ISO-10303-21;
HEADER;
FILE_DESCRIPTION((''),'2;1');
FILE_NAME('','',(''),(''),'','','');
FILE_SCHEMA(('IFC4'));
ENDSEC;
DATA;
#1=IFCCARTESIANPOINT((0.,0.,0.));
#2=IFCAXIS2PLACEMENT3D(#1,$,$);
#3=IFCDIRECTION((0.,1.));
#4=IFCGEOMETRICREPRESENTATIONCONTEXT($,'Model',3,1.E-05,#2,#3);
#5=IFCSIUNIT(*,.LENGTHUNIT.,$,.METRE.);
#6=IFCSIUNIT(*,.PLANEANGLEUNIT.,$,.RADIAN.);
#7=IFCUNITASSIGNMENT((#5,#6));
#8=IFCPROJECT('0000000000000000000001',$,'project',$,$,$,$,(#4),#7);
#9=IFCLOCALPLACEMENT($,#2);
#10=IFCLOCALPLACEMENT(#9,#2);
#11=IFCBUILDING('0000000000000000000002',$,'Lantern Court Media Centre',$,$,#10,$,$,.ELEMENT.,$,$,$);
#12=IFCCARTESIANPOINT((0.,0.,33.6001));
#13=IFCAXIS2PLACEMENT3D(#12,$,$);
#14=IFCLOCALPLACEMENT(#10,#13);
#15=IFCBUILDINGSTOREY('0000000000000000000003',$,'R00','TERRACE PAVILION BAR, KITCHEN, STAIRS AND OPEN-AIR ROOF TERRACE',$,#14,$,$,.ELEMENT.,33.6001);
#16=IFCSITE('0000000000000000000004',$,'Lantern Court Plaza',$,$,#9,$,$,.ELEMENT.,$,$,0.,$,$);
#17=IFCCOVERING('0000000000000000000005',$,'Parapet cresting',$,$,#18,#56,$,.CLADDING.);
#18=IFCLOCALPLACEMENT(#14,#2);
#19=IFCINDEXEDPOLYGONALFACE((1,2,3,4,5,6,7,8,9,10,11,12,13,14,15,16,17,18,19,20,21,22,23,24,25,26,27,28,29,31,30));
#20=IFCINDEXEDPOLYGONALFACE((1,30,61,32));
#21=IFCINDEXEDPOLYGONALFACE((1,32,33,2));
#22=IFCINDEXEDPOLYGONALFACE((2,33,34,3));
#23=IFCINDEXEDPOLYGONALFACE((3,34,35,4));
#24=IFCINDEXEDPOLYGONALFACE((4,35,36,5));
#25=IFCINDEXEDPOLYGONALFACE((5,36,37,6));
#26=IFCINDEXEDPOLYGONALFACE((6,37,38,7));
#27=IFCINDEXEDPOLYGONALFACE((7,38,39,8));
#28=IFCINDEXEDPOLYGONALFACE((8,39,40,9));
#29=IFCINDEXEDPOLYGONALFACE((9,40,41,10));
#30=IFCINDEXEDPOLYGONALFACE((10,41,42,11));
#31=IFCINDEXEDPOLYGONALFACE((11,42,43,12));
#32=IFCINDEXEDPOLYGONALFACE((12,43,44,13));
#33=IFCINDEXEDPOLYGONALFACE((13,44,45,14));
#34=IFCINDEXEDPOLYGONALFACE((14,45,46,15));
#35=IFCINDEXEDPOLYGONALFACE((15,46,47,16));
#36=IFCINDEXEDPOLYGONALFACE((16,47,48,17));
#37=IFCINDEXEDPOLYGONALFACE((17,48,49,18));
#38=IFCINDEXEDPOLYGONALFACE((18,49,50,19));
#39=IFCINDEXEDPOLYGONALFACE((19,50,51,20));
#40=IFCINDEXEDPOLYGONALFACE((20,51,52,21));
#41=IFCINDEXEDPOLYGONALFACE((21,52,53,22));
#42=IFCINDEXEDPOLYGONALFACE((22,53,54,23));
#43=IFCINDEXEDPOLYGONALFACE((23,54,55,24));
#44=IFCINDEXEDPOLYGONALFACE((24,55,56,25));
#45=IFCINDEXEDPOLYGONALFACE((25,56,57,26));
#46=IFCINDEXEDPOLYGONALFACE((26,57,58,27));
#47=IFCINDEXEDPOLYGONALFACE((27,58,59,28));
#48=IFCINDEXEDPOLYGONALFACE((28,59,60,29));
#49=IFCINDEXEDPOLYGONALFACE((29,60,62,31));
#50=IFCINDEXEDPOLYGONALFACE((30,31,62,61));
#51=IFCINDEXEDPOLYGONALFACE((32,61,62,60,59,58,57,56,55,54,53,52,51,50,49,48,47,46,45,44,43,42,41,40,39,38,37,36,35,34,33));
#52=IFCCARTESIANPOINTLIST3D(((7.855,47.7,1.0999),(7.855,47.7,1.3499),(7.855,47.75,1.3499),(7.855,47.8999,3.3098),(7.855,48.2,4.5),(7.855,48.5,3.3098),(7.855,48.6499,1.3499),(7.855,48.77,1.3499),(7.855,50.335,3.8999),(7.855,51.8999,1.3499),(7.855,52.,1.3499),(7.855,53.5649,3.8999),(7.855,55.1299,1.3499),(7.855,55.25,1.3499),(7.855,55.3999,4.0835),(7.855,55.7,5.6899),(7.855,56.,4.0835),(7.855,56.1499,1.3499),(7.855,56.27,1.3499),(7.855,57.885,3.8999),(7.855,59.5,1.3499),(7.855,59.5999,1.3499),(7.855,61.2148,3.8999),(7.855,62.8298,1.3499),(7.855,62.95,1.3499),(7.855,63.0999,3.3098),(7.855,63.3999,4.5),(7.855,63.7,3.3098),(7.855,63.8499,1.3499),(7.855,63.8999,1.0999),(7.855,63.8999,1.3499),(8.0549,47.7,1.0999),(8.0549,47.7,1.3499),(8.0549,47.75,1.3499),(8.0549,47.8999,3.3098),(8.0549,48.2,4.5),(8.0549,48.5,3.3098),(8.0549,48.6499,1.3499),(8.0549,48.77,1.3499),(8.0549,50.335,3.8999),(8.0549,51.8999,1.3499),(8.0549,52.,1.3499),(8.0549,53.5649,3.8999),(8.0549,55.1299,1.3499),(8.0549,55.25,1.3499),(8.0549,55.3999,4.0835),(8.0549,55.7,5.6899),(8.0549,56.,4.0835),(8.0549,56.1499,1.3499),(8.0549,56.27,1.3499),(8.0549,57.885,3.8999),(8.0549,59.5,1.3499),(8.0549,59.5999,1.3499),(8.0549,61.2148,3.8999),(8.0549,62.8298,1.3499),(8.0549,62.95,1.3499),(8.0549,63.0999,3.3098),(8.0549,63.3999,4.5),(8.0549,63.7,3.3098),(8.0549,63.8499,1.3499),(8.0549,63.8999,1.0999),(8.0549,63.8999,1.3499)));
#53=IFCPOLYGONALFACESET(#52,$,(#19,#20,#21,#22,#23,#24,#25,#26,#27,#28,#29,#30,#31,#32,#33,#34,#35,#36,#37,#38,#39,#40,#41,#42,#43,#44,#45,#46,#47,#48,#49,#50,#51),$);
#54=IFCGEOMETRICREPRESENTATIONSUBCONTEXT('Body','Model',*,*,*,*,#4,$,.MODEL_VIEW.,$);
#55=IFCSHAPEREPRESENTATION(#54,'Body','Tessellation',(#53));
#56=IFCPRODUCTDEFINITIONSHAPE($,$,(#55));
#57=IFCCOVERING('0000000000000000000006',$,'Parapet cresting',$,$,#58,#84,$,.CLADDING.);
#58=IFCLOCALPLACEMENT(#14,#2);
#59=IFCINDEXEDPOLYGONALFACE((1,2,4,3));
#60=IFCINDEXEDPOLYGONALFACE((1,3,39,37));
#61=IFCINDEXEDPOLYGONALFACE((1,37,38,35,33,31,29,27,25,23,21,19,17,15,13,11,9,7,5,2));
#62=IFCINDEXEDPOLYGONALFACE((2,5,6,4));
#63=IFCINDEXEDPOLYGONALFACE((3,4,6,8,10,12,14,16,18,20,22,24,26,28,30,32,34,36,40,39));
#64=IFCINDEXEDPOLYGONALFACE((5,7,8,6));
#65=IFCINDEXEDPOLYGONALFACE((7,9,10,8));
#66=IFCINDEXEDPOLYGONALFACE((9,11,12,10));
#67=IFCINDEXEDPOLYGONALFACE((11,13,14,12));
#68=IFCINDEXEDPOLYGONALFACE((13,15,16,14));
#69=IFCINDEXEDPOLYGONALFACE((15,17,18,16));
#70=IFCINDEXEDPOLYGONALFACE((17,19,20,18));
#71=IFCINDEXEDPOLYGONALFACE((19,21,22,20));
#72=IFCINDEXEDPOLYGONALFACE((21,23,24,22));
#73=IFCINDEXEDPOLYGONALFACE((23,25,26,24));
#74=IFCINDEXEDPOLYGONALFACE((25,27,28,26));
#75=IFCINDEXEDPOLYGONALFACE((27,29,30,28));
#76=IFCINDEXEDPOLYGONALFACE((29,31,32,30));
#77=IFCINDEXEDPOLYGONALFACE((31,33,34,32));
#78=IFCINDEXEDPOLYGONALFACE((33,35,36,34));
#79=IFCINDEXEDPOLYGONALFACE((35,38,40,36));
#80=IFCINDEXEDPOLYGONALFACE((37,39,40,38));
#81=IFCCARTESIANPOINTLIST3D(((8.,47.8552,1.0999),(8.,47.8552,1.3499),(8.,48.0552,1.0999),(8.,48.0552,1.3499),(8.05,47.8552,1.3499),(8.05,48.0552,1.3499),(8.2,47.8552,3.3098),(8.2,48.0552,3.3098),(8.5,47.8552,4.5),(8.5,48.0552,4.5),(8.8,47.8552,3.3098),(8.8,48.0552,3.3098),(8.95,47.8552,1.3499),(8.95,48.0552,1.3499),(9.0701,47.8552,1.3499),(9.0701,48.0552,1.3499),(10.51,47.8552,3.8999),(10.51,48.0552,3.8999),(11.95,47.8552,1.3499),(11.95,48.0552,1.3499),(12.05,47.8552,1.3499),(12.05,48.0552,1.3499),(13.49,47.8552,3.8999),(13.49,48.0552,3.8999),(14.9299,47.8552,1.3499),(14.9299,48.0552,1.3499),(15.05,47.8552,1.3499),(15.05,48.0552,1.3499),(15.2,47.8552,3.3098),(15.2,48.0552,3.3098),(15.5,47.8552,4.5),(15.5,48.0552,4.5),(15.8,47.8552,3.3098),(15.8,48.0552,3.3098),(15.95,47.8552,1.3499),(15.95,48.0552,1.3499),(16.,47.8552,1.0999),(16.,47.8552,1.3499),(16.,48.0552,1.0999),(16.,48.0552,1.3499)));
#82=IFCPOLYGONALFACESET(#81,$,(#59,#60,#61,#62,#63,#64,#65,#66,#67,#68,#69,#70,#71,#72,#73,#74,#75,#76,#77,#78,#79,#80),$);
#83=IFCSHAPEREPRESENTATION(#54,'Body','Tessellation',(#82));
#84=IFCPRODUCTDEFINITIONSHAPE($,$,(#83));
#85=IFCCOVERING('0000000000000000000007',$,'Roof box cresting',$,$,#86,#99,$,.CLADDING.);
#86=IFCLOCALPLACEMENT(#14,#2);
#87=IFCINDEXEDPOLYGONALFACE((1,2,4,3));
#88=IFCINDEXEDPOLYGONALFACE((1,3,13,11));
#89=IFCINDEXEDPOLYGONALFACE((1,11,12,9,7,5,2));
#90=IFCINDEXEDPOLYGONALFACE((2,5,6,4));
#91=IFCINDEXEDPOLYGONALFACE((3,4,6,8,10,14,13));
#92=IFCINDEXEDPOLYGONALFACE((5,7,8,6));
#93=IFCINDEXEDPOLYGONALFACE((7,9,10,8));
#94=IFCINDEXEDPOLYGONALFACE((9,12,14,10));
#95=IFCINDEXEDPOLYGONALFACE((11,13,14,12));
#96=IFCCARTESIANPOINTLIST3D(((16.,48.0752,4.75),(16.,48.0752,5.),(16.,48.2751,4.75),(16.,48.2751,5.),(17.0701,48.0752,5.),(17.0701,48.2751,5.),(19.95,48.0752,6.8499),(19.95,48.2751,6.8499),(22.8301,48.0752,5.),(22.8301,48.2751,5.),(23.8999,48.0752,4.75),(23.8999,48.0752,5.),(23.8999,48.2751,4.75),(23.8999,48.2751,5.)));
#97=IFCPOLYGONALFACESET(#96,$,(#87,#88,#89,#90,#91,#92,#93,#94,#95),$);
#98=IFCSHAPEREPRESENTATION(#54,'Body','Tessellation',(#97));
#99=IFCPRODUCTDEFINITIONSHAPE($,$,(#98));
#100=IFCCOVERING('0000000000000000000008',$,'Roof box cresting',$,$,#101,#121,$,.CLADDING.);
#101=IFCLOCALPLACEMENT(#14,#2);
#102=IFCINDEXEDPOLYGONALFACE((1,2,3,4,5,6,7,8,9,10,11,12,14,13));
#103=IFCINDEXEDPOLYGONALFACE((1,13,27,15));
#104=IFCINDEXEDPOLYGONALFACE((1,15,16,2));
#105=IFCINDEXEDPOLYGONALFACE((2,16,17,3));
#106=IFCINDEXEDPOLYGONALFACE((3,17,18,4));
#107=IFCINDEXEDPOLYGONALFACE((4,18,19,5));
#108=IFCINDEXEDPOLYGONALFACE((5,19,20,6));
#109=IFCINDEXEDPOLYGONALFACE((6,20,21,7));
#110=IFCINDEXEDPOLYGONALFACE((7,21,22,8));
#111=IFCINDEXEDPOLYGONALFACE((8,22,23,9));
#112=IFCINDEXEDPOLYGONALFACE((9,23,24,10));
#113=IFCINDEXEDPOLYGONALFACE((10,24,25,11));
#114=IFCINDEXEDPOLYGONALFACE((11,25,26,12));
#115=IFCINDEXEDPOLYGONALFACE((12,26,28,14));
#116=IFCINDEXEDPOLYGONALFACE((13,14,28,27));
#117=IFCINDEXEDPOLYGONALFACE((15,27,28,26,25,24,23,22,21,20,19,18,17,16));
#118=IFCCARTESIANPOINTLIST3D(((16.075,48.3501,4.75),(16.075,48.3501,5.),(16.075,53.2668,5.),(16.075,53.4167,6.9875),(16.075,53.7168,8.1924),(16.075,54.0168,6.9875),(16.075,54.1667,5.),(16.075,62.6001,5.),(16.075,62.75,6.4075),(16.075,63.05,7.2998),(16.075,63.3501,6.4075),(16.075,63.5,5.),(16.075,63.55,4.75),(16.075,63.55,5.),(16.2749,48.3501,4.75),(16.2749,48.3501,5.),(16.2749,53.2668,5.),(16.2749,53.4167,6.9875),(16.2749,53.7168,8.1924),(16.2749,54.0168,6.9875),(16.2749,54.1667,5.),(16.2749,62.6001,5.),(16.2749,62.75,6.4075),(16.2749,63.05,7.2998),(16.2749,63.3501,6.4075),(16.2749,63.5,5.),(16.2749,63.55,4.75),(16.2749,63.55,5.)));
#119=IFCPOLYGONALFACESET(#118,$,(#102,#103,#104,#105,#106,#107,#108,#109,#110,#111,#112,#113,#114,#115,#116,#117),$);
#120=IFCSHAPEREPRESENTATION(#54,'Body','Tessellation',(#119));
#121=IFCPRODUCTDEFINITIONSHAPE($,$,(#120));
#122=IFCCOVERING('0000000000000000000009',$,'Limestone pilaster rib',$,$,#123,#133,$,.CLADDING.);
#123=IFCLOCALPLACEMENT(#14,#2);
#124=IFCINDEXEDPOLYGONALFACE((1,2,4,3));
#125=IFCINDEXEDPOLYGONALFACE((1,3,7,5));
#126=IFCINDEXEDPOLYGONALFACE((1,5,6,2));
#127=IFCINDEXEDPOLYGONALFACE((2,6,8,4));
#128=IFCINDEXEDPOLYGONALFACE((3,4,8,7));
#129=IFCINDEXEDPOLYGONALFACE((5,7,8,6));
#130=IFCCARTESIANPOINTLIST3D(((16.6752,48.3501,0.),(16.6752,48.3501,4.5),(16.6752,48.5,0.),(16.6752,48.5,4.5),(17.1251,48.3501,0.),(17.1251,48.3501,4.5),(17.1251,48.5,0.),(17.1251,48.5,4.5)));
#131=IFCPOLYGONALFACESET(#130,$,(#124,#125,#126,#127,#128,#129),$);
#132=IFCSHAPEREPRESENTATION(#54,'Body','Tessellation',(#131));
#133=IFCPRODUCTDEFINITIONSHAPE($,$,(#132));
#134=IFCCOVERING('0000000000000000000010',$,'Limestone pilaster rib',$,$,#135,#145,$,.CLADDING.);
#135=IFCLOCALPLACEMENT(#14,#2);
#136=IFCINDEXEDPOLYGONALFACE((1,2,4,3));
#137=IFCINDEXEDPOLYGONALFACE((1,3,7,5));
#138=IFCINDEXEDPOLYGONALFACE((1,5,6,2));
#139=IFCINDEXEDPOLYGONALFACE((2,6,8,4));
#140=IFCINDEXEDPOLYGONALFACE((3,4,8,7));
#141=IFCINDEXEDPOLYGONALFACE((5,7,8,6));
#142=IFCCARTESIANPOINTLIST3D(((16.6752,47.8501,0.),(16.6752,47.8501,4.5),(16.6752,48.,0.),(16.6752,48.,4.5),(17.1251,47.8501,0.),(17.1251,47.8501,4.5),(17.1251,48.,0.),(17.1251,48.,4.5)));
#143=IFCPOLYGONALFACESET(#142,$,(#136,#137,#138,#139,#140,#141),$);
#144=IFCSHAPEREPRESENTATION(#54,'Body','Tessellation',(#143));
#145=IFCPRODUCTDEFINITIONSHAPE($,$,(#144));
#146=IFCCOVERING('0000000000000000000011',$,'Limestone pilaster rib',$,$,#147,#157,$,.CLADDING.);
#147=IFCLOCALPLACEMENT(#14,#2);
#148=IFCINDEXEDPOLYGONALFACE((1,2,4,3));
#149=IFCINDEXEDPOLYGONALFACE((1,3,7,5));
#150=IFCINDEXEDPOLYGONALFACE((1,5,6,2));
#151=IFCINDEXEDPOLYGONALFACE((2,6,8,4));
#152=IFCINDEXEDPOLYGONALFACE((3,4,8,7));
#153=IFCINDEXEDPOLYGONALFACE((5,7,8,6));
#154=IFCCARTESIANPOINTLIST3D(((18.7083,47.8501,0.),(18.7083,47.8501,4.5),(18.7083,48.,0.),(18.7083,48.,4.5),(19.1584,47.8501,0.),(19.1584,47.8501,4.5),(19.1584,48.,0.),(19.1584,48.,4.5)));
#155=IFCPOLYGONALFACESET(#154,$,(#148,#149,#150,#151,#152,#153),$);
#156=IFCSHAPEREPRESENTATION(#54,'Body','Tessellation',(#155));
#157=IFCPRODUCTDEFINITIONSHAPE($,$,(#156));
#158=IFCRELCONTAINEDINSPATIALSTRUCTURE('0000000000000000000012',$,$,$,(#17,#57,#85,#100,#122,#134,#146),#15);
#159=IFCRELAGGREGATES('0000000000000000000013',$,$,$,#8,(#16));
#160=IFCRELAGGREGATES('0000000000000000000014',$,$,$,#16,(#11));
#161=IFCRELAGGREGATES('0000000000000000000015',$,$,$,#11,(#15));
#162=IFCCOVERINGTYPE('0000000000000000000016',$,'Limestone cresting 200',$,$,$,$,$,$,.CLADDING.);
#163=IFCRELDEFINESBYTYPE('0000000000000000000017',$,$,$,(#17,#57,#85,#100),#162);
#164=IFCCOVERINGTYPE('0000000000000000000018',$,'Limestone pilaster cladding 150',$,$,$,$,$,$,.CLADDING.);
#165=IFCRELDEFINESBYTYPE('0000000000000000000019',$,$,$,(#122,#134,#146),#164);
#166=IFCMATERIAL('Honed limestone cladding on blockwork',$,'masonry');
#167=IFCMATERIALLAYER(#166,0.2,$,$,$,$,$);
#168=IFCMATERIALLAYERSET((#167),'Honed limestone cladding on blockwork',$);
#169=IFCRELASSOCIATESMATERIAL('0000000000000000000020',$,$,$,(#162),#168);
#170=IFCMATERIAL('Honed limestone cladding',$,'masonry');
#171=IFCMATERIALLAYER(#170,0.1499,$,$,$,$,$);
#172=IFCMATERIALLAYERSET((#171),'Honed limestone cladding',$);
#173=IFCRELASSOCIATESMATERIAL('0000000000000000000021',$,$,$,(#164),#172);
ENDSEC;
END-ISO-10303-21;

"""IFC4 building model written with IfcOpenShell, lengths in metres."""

from ifc_helpers import new_model, si_unit, direction, frame, frame_2d, origin, place, context, subcontext, project, spatial, polyline, rectangle, outline, extrude, material, layer, layer_set, type_object, element, save


model = new_model("IFC4")

# Units and contexts
model_context = context("Model", 3, precision=1e-05, world=origin(), true_north=direction((0.0, 1.0)))
body_context = subcontext(model_context, "Body", "Model", "MODEL_VIEW")
ifc_project = project(units=[si_unit("LENGTHUNIT", "METRE"), si_unit("PLANEANGLEUNIT", "RADIAN")], contexts=[model_context])

# Site, building, storey
site_placement = place(None, origin())
site = spatial("IfcSite", under=ifc_project, at=site_placement, Name="Lantern Court Plaza", CompositionType="ELEMENT", RefElevation=0.0)
building_placement = place(site_placement, origin())
building = spatial("IfcBuilding", under=site, at=building_placement, Name="Lantern Court Media Centre", CompositionType="ELEMENT")
storey_placement = place(building_placement, frame((0.0, 0.0, 33.6001)))
storey = spatial("IfcBuildingStorey", under=building, at=storey_placement, Name="R00", Description="TERRACE PAVILION BAR, KITCHEN, STAIRS AND OPEN-AIR ROOF TERRACE", CompositionType="ELEMENT", Elevation=33.6001)

# Shared definitions
ifc_material_1 = material(Name="Honed limestone cladding on blockwork", Category="masonry")

# Coverings
ifc_layer_1 = layer(ifc_material_1, 0.2)
ifc_layer_set_1 = layer_set([ifc_layer_1], Name="Honed limestone cladding on blockwork")
covering_type_1 = type_object("IfcCoveringType", Name="Limestone cresting 200", PredefinedType="CLADDING", material=ifc_layer_set_1)
covering_1_placement = place(storey_placement, frame((7.9551, 47.7, 1.0999), z_axis=(0.0, 0.0, 1.0), x_axis=(0.0, 1.0, 0.0)))
element("IfcCovering", 1, at=covering_1_placement, inside=storey, type_object=covering_type_1, Name="Parapet cresting", PredefinedType="CLADDING", context=body_context, shape_type="SweptSolid", body=[
    extrude(outline(polyline([(0.0, 0.0), (16.2, 0.0), (16.2, 0.25), (16.1499, 0.25), (16.0, 2.21), (15.7, 3.4001), (15.3999, 2.21), (15.25, 0.25), (15.1299, 0.25), (13.5149, 2.8), (11.8999, 0.25), (11.8, 0.25), (10.1851, 2.8), (8.5701, 0.25), (8.45, 0.25), (8.3, 2.9836), (8.0, 4.5901), (7.7, 2.9836), (7.55, 0.25), (7.4299, 0.25), (5.865, 2.8), (4.3, 0.25), (4.2, 0.25), (2.635, 2.8), (1.0701, 0.25), (0.95, 0.25), (0.8, 2.21), (0.5, 3.4001), (0.2, 2.21), (0.05, 0.25), (0.0, 0.25), (0.0, 0.0)])), frame((0.0, 0.1001, 0.0), z_axis=(0.0, -1.0, 0.0), x_axis=(1.0, 0.0, 0.0)), (0.0, 0.0, 1.0), 0.2),
])
covering_2_placement = place(storey_placement, frame((8.0, 47.9551, 1.0999), z_axis=(0.0, 0.0, 1.0), x_axis=(1.0, 0.0, 0.0)))
element("IfcCovering", 2, at=covering_2_placement, inside=storey, type_object=covering_type_1, Name="Parapet cresting", PredefinedType="CLADDING", context=body_context, shape_type="SweptSolid", body=[
    extrude(outline(polyline([(0.0, 0.0), (8.0, 0.0), (8.0, 0.25), (7.95, 0.25), (7.8, 2.21), (7.5, 3.4001), (7.2, 2.21), (7.05, 0.25), (6.9299, 0.25), (5.49, 2.8), (4.05, 0.25), (3.95, 0.25), (2.51, 2.8), (1.0701, 0.25), (0.95, 0.25), (0.8, 2.21), (0.5, 3.4001), (0.2, 2.21), (0.05, 0.25), (0.0, 0.25), (0.0, 0.0)])), frame((0.0, 0.1001, 0.0), z_axis=(0.0, -1.0, 0.0), x_axis=(1.0, 0.0, 0.0)), (0.0, 0.0, 1.0), 0.2),
])
covering_3_placement = place(storey_placement, frame((16.0, 48.175, 4.75), z_axis=(0.0, 0.0, 1.0), x_axis=(1.0, 0.0, 0.0)))
element("IfcCovering", 3, at=covering_3_placement, inside=storey, type_object=covering_type_1, Name="Roof box cresting", PredefinedType="CLADDING", context=body_context, shape_type="SweptSolid", body=[
    extrude(outline(polyline([(0.0, 0.0), (7.8999, 0.0), (7.8999, 0.25), (6.8301, 0.25), (3.95, 2.0999), (1.0701, 0.25), (0.0, 0.25), (0.0, 0.0)])), frame((0.0, 0.1001, 0.0), z_axis=(0.0, -1.0, 0.0), x_axis=(1.0, 0.0, 0.0)), (0.0, 0.0, 1.0), 0.2),
])
covering_4_placement = place(storey_placement, frame((16.175, 48.3501, 4.75), z_axis=(0.0, 0.0, 1.0), x_axis=(0.0, 1.0, 0.0)))
element("IfcCovering", 4, at=covering_4_placement, inside=storey, type_object=covering_type_1, Name="Roof box cresting", PredefinedType="CLADDING", context=body_context, shape_type="SweptSolid", body=[
    extrude(outline(polyline([(0.0, 0.0), (15.2, 0.0), (15.2, 0.25), (15.1499, 0.25), (15.0, 1.6575), (14.7, 2.5498), (14.3999, 1.6575), (14.25, 0.25), (5.8167, 0.25), (5.6667, 2.2375), (5.3667, 3.4424), (5.0667, 2.2375), (4.9167, 0.25), (0.0, 0.25), (0.0, 0.0)])), frame((0.0, 0.1001, 0.0), z_axis=(0.0, -1.0, 0.0), x_axis=(1.0, 0.0, 0.0)), (0.0, 0.0, 1.0), 0.2),
])
ifc_material_2 = material(Name="Honed limestone cladding", Category="masonry")
ifc_layer_2 = layer(ifc_material_2, 0.1499)
ifc_layer_set_2 = layer_set([ifc_layer_2], Name="Honed limestone cladding")
covering_type_2 = type_object("IfcCoveringType", Name="Limestone pilaster cladding 150", PredefinedType="CLADDING", material=ifc_layer_set_2)
for number, where, z_axis, x_axis, name in (
    (5, (16.675, 48.425, 0.0), (0.0, 0.0, 1.0), (1.0, 0.0, 0.0), "Limestone pilaster rib"),
    (6, (16.675, 47.925, 0.0), (0.0, 0.0, 1.0), (1.0, 0.0, 0.0), "Limestone pilaster rib"),
):
    element("IfcCovering", number, at=place(storey_placement, frame(where, z_axis=z_axis, x_axis=x_axis)), inside=storey, type_object=covering_type_2, Name=name, PredefinedType="CLADDING", context=body_context, shape_type="SweptSolid", body=[
        extrude(rectangle(XDim=0.45, YDim=0.1499, at=frame_2d((0.2251, 0.0))), origin(), (0.0, 0.0, 1.0), 4.5),
    ])
covering_5_placement = place(storey_placement, frame((18.7083, 47.925, 0.0), z_axis=(0.0, 0.0, 1.0), x_axis=(1.0, 0.0, 0.0)))
element("IfcCovering", 7, at=covering_5_placement, inside=storey, type_object=covering_type_2, Name="Limestone pilaster rib", PredefinedType="CLADDING", context=body_context, shape_type="SweptSolid", body=[
    extrude(rectangle(XDim=0.4502, YDim=0.1499, at=frame_2d((0.2251, 0.0))), origin(), (0.0, 0.0, 1.0), 4.5),
])

save(model, "model.ifc")
